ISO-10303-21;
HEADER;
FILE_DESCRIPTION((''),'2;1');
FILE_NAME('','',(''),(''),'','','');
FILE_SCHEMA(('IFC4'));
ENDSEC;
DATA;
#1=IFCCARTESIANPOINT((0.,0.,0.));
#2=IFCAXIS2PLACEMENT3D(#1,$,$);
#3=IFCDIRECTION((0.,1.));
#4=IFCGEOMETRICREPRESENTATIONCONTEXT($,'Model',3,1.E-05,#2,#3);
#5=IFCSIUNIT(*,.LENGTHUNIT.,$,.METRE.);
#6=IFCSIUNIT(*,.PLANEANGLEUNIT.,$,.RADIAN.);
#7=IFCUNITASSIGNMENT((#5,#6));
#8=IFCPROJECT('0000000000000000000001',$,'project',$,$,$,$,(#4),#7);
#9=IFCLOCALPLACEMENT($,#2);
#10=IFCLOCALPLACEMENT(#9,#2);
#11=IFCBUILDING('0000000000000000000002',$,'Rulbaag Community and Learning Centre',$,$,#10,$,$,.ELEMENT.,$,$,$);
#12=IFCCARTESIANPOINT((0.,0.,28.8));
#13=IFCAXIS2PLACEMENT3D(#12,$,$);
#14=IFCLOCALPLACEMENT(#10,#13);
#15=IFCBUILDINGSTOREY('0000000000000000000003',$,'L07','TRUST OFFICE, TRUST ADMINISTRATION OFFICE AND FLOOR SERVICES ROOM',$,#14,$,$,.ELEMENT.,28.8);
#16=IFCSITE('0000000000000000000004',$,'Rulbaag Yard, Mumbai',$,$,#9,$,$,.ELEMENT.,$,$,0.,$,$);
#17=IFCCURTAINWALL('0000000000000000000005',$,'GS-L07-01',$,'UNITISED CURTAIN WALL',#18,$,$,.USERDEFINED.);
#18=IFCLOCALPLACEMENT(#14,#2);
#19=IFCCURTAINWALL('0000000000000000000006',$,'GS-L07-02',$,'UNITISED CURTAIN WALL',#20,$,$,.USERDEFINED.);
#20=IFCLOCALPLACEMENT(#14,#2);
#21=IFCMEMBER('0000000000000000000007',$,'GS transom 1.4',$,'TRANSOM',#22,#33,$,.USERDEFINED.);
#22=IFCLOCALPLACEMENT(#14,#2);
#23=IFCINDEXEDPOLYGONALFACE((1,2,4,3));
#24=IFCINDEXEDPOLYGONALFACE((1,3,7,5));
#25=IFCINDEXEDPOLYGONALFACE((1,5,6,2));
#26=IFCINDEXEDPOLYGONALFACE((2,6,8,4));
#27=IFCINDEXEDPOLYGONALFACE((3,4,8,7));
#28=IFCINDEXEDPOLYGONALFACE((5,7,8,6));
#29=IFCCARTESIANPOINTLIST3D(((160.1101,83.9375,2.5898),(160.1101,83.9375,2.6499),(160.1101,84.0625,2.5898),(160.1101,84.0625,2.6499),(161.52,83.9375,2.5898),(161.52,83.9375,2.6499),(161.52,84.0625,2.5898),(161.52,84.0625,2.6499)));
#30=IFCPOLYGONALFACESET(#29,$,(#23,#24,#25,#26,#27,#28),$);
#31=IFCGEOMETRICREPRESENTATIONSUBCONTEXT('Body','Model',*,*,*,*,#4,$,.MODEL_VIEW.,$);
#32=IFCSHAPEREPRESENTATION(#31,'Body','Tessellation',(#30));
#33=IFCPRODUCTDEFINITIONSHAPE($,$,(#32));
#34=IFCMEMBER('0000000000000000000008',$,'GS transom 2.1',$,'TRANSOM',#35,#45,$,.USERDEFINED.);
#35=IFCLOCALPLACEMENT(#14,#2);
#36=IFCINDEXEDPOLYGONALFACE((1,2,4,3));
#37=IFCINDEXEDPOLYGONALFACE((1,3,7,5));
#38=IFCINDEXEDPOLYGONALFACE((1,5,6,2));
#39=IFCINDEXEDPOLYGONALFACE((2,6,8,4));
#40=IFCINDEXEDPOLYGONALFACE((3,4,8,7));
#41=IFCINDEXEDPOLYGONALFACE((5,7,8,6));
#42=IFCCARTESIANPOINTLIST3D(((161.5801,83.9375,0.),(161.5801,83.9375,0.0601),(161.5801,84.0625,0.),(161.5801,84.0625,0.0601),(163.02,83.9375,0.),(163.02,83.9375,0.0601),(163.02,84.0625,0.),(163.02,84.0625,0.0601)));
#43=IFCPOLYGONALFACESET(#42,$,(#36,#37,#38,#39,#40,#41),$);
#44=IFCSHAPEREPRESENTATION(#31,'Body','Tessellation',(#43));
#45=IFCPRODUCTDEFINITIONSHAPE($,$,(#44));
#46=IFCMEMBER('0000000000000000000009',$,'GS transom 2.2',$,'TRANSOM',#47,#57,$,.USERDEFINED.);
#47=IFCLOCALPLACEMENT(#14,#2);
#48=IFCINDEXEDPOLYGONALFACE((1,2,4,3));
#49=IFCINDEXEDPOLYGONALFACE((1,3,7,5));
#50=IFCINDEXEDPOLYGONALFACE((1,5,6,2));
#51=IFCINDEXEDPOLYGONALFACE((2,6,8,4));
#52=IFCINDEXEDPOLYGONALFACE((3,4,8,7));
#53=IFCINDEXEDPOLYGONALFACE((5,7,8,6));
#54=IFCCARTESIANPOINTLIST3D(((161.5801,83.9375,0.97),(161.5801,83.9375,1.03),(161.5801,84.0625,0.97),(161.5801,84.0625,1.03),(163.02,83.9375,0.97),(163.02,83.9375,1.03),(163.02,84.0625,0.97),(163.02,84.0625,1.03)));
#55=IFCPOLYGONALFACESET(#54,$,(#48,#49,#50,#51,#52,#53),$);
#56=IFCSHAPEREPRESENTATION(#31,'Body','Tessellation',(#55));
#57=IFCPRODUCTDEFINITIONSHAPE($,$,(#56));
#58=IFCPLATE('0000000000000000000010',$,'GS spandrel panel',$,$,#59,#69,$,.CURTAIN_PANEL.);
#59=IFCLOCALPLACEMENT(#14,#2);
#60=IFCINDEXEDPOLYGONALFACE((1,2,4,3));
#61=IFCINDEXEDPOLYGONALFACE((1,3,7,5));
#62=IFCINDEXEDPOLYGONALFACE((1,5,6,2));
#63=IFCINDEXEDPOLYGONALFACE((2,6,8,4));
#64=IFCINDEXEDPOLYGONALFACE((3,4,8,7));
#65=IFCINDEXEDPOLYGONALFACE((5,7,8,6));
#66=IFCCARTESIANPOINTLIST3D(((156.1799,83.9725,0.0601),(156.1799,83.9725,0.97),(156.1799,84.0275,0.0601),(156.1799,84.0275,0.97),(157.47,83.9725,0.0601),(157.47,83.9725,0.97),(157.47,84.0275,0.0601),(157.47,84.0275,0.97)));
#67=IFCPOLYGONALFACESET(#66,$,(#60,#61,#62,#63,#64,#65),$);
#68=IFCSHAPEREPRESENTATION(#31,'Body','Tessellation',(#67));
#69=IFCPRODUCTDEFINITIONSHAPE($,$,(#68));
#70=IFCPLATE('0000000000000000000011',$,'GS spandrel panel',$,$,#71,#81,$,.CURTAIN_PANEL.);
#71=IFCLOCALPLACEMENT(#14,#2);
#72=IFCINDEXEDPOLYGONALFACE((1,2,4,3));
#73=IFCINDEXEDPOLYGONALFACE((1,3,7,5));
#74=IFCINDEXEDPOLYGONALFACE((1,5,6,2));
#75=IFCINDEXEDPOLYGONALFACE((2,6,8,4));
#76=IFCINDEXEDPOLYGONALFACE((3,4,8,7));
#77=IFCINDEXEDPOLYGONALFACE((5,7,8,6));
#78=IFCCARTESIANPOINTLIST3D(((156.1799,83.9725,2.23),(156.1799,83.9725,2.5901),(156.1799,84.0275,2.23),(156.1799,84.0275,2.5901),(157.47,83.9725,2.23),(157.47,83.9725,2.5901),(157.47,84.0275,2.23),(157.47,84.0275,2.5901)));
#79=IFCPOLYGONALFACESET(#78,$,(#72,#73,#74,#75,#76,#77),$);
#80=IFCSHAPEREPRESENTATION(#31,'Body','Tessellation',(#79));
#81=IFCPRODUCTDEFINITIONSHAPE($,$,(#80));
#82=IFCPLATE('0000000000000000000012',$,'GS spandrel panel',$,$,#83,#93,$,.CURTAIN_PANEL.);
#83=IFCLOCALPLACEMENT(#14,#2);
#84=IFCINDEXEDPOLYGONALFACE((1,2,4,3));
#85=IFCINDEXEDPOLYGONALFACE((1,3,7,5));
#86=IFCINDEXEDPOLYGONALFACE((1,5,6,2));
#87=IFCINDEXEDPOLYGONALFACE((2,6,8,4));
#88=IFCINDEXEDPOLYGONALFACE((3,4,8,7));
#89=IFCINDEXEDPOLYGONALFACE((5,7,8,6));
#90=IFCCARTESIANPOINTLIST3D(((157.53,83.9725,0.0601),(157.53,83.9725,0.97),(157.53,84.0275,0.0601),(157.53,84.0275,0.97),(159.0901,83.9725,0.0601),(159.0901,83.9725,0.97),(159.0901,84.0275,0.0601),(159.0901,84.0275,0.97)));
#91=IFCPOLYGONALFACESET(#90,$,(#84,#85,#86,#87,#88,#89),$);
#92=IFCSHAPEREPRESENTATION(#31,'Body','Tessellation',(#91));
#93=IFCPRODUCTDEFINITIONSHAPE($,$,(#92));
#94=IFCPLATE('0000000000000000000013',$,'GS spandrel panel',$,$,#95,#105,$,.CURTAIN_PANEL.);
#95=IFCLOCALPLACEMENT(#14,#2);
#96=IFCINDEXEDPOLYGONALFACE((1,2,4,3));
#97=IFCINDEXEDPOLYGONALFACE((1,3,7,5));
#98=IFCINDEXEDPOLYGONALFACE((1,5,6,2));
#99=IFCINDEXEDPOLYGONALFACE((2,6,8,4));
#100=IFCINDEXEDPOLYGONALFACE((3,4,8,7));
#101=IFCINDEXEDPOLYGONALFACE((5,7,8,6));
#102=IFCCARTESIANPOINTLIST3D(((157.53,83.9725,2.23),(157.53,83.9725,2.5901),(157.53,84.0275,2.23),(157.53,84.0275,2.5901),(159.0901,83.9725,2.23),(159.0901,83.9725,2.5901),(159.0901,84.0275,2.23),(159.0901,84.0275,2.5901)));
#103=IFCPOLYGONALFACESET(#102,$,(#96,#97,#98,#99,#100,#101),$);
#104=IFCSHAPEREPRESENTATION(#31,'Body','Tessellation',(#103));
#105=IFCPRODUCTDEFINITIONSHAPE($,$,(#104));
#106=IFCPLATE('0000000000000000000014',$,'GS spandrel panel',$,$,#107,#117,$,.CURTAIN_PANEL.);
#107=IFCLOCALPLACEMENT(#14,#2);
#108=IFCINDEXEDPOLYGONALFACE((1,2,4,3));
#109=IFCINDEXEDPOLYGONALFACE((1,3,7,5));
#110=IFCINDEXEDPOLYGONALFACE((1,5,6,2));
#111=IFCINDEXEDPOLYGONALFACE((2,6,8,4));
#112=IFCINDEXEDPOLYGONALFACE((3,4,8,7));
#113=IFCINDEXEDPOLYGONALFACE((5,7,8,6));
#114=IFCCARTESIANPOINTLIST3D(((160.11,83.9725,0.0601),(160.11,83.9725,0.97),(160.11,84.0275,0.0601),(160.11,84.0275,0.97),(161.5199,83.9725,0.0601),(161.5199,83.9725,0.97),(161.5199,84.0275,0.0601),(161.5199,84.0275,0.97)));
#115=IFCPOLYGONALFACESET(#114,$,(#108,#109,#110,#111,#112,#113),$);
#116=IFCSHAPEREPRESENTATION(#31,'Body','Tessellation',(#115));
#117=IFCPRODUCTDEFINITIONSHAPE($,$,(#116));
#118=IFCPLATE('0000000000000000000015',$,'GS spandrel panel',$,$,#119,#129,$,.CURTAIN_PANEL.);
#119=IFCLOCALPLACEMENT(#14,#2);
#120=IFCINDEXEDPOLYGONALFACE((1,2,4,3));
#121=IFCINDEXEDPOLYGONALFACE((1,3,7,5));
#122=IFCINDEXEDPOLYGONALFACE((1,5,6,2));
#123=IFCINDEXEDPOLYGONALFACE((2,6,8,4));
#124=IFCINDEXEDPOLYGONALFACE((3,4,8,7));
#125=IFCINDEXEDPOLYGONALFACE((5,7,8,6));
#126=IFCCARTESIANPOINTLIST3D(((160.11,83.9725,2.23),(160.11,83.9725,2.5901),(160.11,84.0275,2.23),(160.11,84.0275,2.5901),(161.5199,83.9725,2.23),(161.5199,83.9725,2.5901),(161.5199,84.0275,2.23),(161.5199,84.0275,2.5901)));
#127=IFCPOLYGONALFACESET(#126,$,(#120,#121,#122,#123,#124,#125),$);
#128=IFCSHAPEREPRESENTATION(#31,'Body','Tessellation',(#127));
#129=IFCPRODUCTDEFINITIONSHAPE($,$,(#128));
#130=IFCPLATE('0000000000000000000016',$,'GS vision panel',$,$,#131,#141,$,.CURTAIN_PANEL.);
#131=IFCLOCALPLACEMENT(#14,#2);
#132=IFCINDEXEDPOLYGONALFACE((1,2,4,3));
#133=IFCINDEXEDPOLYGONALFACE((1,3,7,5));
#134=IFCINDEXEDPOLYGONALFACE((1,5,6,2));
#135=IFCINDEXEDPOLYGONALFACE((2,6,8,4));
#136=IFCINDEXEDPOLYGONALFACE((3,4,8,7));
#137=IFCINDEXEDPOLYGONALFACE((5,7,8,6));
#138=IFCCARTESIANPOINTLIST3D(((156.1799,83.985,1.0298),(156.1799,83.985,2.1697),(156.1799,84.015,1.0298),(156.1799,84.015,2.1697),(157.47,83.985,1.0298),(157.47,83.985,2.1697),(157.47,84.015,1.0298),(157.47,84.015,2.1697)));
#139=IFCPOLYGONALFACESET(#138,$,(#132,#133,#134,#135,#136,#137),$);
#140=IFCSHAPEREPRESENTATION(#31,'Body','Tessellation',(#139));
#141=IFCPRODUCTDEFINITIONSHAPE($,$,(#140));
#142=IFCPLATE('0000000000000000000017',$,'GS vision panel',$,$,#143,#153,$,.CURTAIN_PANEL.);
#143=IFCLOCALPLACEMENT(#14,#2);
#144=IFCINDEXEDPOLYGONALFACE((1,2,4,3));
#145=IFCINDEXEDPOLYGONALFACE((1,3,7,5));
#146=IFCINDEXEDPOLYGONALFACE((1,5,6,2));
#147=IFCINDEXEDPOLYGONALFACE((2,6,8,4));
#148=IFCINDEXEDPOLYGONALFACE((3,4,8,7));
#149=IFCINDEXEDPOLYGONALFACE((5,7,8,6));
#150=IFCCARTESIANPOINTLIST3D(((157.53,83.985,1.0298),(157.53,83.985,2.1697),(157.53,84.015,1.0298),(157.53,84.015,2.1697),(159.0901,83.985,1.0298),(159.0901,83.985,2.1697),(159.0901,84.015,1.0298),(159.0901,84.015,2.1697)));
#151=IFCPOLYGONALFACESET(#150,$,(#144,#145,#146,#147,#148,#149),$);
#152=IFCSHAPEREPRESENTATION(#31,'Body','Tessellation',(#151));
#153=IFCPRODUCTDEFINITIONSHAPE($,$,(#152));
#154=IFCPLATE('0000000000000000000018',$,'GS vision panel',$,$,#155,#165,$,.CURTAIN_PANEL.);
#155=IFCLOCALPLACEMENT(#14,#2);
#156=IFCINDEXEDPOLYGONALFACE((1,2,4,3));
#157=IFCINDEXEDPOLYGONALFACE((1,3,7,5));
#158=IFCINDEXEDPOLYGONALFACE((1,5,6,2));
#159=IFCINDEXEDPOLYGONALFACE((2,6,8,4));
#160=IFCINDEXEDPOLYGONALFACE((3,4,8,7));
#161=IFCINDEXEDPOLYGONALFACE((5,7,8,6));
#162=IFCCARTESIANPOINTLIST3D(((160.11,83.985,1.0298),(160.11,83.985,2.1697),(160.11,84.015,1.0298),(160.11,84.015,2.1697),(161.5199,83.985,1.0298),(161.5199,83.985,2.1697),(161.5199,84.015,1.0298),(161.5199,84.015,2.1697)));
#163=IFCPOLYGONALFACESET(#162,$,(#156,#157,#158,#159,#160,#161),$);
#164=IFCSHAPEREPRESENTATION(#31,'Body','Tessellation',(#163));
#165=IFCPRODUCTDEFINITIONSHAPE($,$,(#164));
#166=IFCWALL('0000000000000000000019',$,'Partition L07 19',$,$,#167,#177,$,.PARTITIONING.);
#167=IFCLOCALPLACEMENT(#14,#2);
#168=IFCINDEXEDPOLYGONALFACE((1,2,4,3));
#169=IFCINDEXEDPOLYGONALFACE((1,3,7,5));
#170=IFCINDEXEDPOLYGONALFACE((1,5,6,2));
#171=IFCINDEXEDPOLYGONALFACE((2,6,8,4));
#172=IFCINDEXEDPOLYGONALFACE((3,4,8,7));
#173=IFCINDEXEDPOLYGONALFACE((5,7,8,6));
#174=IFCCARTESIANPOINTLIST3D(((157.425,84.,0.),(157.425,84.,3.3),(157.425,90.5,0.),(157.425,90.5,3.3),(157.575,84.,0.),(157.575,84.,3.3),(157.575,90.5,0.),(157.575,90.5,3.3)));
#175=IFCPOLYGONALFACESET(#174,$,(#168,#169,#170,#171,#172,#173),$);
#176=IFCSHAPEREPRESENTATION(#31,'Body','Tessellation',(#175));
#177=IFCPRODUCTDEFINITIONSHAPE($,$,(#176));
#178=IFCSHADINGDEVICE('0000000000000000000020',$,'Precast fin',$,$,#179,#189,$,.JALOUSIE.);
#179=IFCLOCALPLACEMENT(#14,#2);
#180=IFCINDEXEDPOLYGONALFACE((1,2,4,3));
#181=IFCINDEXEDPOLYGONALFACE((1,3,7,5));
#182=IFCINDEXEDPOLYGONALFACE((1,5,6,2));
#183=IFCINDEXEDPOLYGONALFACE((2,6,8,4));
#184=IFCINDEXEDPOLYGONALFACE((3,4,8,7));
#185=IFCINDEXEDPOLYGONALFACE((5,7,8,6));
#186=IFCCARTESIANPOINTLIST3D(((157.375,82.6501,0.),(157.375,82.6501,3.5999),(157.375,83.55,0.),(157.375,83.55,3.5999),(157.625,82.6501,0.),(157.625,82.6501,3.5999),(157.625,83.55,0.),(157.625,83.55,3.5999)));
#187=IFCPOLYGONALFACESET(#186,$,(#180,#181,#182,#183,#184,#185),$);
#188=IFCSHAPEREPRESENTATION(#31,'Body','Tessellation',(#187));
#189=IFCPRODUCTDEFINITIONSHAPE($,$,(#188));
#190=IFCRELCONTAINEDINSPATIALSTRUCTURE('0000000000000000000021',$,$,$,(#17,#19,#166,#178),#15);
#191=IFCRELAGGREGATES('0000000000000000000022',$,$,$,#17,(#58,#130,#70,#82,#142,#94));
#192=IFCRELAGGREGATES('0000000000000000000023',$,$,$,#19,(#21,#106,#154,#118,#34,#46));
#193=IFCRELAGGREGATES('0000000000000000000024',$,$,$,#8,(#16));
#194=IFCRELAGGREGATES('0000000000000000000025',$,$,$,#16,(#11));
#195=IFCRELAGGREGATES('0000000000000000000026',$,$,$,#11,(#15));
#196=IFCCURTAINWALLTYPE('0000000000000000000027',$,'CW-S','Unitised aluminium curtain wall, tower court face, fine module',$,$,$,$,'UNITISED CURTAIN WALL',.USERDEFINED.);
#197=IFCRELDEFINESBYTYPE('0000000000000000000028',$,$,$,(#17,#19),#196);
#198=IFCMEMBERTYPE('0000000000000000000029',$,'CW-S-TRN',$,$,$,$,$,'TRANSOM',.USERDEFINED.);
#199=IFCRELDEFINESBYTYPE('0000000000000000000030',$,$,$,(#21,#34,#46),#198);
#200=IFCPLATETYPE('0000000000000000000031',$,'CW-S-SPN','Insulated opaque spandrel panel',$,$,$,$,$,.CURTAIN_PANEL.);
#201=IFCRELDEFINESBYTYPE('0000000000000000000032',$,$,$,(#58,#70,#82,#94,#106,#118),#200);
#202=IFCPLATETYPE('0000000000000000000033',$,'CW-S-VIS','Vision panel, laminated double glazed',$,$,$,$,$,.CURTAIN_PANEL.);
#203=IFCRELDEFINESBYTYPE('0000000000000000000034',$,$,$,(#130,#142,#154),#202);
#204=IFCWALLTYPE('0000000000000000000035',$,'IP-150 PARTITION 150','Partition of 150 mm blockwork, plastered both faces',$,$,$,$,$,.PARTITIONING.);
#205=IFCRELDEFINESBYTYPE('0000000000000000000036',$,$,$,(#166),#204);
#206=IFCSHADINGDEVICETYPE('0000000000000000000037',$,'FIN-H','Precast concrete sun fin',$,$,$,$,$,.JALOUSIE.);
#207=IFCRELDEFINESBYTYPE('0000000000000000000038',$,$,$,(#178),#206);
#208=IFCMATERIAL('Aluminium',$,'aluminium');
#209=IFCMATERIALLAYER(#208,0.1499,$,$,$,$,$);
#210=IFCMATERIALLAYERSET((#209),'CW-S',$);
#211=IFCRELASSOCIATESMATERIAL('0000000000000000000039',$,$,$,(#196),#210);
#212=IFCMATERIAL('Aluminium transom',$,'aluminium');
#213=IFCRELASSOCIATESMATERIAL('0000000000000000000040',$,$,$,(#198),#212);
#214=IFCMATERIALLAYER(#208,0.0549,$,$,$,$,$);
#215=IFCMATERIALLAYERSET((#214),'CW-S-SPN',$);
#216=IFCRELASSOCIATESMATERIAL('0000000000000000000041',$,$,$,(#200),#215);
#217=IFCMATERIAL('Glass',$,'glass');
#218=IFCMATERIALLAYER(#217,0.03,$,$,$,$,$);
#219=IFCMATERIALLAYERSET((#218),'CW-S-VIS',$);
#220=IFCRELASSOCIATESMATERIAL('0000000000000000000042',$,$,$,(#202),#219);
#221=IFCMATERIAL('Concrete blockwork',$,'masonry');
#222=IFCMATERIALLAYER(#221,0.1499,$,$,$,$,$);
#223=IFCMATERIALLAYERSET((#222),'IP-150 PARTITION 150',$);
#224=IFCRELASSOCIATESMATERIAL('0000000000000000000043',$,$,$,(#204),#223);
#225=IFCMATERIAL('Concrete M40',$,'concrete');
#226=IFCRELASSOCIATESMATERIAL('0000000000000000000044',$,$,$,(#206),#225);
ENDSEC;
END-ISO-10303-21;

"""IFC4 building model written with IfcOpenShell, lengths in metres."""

from ifc_helpers import new_model, si_unit, direction, frame, frame_2d, origin, origin_2d, place, context, subcontext, project, spatial, rectangle, extrude, material, layer, layer_set, material_profile, profile_set, type_object, element, aggregate, save


model = new_model("IFC4")

# Units and contexts
model_context = context("Model", 3, precision=1e-05, world=origin(), true_north=direction((0.0, 1.0)))
body_context = subcontext(model_context, "Body", "Model", "MODEL_VIEW")
ifc_project = project(units=[si_unit("LENGTHUNIT", "METRE"), si_unit("PLANEANGLEUNIT", "RADIAN")], contexts=[model_context])

# Site, building, storey
site_placement = place(None, origin())
site = spatial("IfcSite", under=ifc_project, at=site_placement, Name="Rulbaag Yard, Mumbai", CompositionType="ELEMENT", RefElevation=0.0)
building_placement = place(site_placement, origin())
building = spatial("IfcBuilding", under=site, at=building_placement, Name="Rulbaag Community and Learning Centre", CompositionType="ELEMENT")
storey_placement = place(building_placement, frame((0.0, 0.0, 28.8)))
storey = spatial("IfcBuildingStorey", under=building, at=storey_placement, Name="L07", Description="TRUST OFFICE, TRUST ADMINISTRATION OFFICE AND FLOOR SERVICES ROOM", CompositionType="ELEMENT", Elevation=28.8)

# Shared definitions
ifc_material_1 = material(Name="Concrete M40", Category="concrete")

# Curtain walls
ifc_material_2 = material(Name="Aluminium", Category="aluminium")
ifc_layer_1 = layer(ifc_material_2, 0.1499)
ifc_layer_set_1 = layer_set([ifc_layer_1], Name="CW-S")
curtain_wall_type = type_object("IfcCurtainWallType", Name="CW-S", Description="Unitised aluminium curtain wall, tower court face, fine module", ElementType="UNITISED CURTAIN WALL", PredefinedType="USERDEFINED", material=ifc_layer_set_1)
curtain_wall_1_placement = place(storey_placement, origin())
curtain_wall_1 = element("IfcCurtainWall", 1, at=curtain_wall_1_placement, inside=storey, type_object=curtain_wall_type, Name="GS-L07-01", ObjectType="UNITISED CURTAIN WALL", PredefinedType="USERDEFINED")
curtain_wall_2_placement = place(storey_placement, origin())
curtain_wall_2 = element("IfcCurtainWall", 2, at=curtain_wall_2_placement, inside=storey, type_object=curtain_wall_type, Name="GS-L07-02", ObjectType="UNITISED CURTAIN WALL", PredefinedType="USERDEFINED")

# Members
ifc_material_3 = material(Name="Aluminium transom", Category="aluminium")
ifc_material_profile_1 = material_profile(ifc_material_3, rectangle(XDim=0.125, YDim=0.0601, at=origin_2d()), Name="AL 60x125 T")
ifc_profile_set_1 = profile_set([ifc_material_profile_1], Name="Aluminium transom")
member_type_1 = type_object("IfcMemberType", Name="CW-S-TRN", ElementType="TRANSOM", PredefinedType="USERDEFINED", material=ifc_profile_set_1)
member_1_placement = place(storey_placement, frame((160.1101, 84.0, 2.6199), z_axis=(1.0, 0.0, 0.0), x_axis=(0.0, 1.0, 0.0)))
member_1 = element("IfcMember", 3, at=member_1_placement, type_object=member_type_1, Name="GS transom 1.4", ObjectType="TRANSOM", PredefinedType="USERDEFINED", context=body_context, shape_type="SweptSolid", body=[
    extrude(rectangle(XDim=0.125, YDim=0.0601, at=origin_2d()), origin(), (0.0, 0.0, 1.0), 1.4099),
])
member_2_placement = place(storey_placement, frame((161.5801, 84.0, 0.03), z_axis=(1.0, 0.0, 0.0), x_axis=(0.0, 1.0, 0.0)))
member_2 = element("IfcMember", 4, at=member_2_placement, type_object=member_type_1, Name="GS transom 2.1", ObjectType="TRANSOM", PredefinedType="USERDEFINED", context=body_context, shape_type="SweptSolid", body=[
    extrude(rectangle(XDim=0.125, YDim=0.0601, at=origin_2d()), origin(), (0.0, 0.0, 1.0), 1.4399),
])
member_3_placement = place(storey_placement, frame((161.5801, 84.0, 1.0), z_axis=(1.0, 0.0, 0.0), x_axis=(0.0, 1.0, 0.0)))
member_3 = element("IfcMember", 5, at=member_3_placement, type_object=member_type_1, Name="GS transom 2.2", ObjectType="TRANSOM", PredefinedType="USERDEFINED", context=body_context, shape_type="SweptSolid", body=[
    extrude(rectangle(XDim=0.125, YDim=0.0601, at=origin_2d()), origin(), (0.0, 0.0, 1.0), 1.4399),
])

# Plates
ifc_layer_2 = layer(ifc_material_2, 0.0549)
ifc_layer_set_2 = layer_set([ifc_layer_2], Name="CW-S-SPN")
plate_type_1 = type_object("IfcPlateType", Name="CW-S-SPN", Description="Insulated opaque spandrel panel", PredefinedType="CURTAIN_PANEL", material=ifc_layer_set_2)
plate_1_placement = place(storey_placement, frame((156.825, 84.0, 0.0601), z_axis=(0.0, 0.0, 1.0), x_axis=(1.0, 0.0, 0.0)))
plate_1 = element("IfcPlate", 6, at=plate_1_placement, type_object=plate_type_1, Name="GS spandrel panel", PredefinedType="CURTAIN_PANEL", context=body_context, shape_type="SweptSolid", body=[
    extrude(rectangle(XDim=1.29, YDim=0.0549, at=origin_2d()), origin(), (0.0, 0.0, 1.0), 0.9099),
])
plate_2_placement = place(storey_placement, frame((156.825, 84.0, 2.23), z_axis=(0.0, 0.0, 1.0), x_axis=(1.0, 0.0, 0.0)))
plate_2 = element("IfcPlate", 7, at=plate_2_placement, type_object=plate_type_1, Name="GS spandrel panel", PredefinedType="CURTAIN_PANEL", context=body_context, shape_type="SweptSolid", body=[
    extrude(rectangle(XDim=1.29, YDim=0.0549, at=origin_2d()), origin(), (0.0, 0.0, 1.0), 0.3601),
])
plate_3_placement = place(storey_placement, frame((158.3101, 84.0, 0.0601), z_axis=(0.0, 0.0, 1.0), x_axis=(1.0, 0.0, 0.0)))
plate_3 = element("IfcPlate", 8, at=plate_3_placement, type_object=plate_type_1, Name="GS spandrel panel", PredefinedType="CURTAIN_PANEL", context=body_context, shape_type="SweptSolid", body=[
    extrude(rectangle(XDim=1.5601, YDim=0.0549, at=origin_2d()), origin(), (0.0, 0.0, 1.0), 0.9099),
])
plate_4_placement = place(storey_placement, frame((158.3101, 84.0, 2.23), z_axis=(0.0, 0.0, 1.0), x_axis=(1.0, 0.0, 0.0)))
plate_4 = element("IfcPlate", 9, at=plate_4_placement, type_object=plate_type_1, Name="GS spandrel panel", PredefinedType="CURTAIN_PANEL", context=body_context, shape_type="SweptSolid", body=[
    extrude(rectangle(XDim=1.5601, YDim=0.0549, at=origin_2d()), origin(), (0.0, 0.0, 1.0), 0.3601),
])
plate_5_placement = place(storey_placement, frame((160.8149, 84.0, 0.0601), z_axis=(0.0, 0.0, 1.0), x_axis=(1.0, 0.0, 0.0)))
plate_5 = element("IfcPlate", 10, at=plate_5_placement, type_object=plate_type_1, Name="GS spandrel panel", PredefinedType="CURTAIN_PANEL", context=body_context, shape_type="SweptSolid", body=[
    extrude(rectangle(XDim=1.4099, YDim=0.0549, at=origin_2d()), origin(), (0.0, 0.0, 1.0), 0.9099),
])
plate_6_placement = place(storey_placement, frame((160.8149, 84.0, 2.23), z_axis=(0.0, 0.0, 1.0), x_axis=(1.0, 0.0, 0.0)))
plate_6 = element("IfcPlate", 11, at=plate_6_placement, type_object=plate_type_1, Name="GS spandrel panel", PredefinedType="CURTAIN_PANEL", context=body_context, shape_type="SweptSolid", body=[
    extrude(rectangle(XDim=1.4099, YDim=0.0549, at=origin_2d()), origin(), (0.0, 0.0, 1.0), 0.3601),
])
ifc_material_4 = material(Name="Glass", Category="glass")
ifc_layer_3 = layer(ifc_material_4, 0.03)
ifc_layer_set_3 = layer_set([ifc_layer_3], Name="CW-S-VIS")
plate_type_2 = type_object("IfcPlateType", Name="CW-S-VIS", Description="Vision panel, laminated double glazed", PredefinedType="CURTAIN_PANEL", material=ifc_layer_set_3)
plate_7_placement = place(storey_placement, frame((156.825, 84.0, 1.0298), z_axis=(0.0, 0.0, 1.0), x_axis=(1.0, 0.0, 0.0)))
plate_7 = element("IfcPlate", 12, at=plate_7_placement, type_object=plate_type_2, Name="GS vision panel", PredefinedType="CURTAIN_PANEL", context=body_context, shape_type="SweptSolid", body=[
    extrude(rectangle(XDim=1.29, YDim=0.03, at=origin_2d()), origin(), (0.0, 0.0, 1.0), 1.1399),
])
plate_8_placement = place(storey_placement, frame((158.3101, 84.0, 1.0298), z_axis=(0.0, 0.0, 1.0), x_axis=(1.0, 0.0, 0.0)))
plate_8 = element("IfcPlate", 13, at=plate_8_placement, type_object=plate_type_2, Name="GS vision panel", PredefinedType="CURTAIN_PANEL", context=body_context, shape_type="SweptSolid", body=[
    extrude(rectangle(XDim=1.5601, YDim=0.03, at=origin_2d()), origin(), (0.0, 0.0, 1.0), 1.1399),
])
aggregate(curtain_wall_1, [plate_1, plate_7, plate_2, plate_3, plate_8, plate_4])
plate_9_placement = place(storey_placement, frame((160.8149, 84.0, 1.0298), z_axis=(0.0, 0.0, 1.0), x_axis=(1.0, 0.0, 0.0)))
plate_9 = element("IfcPlate", 14, at=plate_9_placement, type_object=plate_type_2, Name="GS vision panel", PredefinedType="CURTAIN_PANEL", context=body_context, shape_type="SweptSolid", body=[
    extrude(rectangle(XDim=1.4099, YDim=0.03, at=origin_2d()), origin(), (0.0, 0.0, 1.0), 1.1399),
])
aggregate(curtain_wall_2, [member_1, plate_5, plate_9, plate_6, member_2, member_3])

# Wall
ifc_material_5 = material(Name="Concrete blockwork", Category="masonry")
ifc_layer_4 = layer(ifc_material_5, 0.1499)
ifc_layer_set_4 = layer_set([ifc_layer_4], Name="IP-150 PARTITION 150")
wall_type = type_object("IfcWallType", Name="IP-150 PARTITION 150", Description="Partition of 150 mm blockwork, plastered both faces", PredefinedType="PARTITIONING", material=ifc_layer_set_4)
wall_placement = place(storey_placement, frame((157.5, 84.0, 0.0), z_axis=(0.0, 0.0, 1.0), x_axis=(0.0, 1.0, 0.0)))
element("IfcWall", 15, at=wall_placement, inside=storey, type_object=wall_type, Name="Partition L07 19", PredefinedType="PARTITIONING", context=body_context, shape_type="SweptSolid", body=[
    extrude(rectangle(XDim=6.5, YDim=0.1499, at=frame_2d((3.25, 0.0))), origin(), (0.0, 0.0, 1.0), 3.3),
])

# Shading device
ifc_material_profile_2 = material_profile(ifc_material_1, rectangle(XDim=0.25, YDim=0.8999, at=origin_2d()), Name="PC 250x900")
ifc_profile_set_2 = profile_set([ifc_material_profile_2], Name="Concrete M40")
shading_device_type = type_object("IfcShadingDeviceType", Name="FIN-H", Description="Precast concrete sun fin", PredefinedType="JALOUSIE", material=ifc_profile_set_2)
for number, where, z_axis, x_axis, name in (
    (16, (157.5, 83.1001, 0.0), (0.0, 0.0, 1.0), (1.0, 0.0, 0.0), "Precast fin"),
):
    element("IfcShadingDevice", number, at=place(storey_placement, frame(where, z_axis=z_axis, x_axis=x_axis)), inside=storey, type_object=shading_device_type, Name=name, PredefinedType="JALOUSIE", context=body_context, shape_type="SweptSolid", body=[
        extrude(rectangle(XDim=0.25, YDim=0.8999, at=origin_2d()), origin(), (0.0, 0.0, 1.0), 3.5999),
    ])

save(model, "model.ifc")
